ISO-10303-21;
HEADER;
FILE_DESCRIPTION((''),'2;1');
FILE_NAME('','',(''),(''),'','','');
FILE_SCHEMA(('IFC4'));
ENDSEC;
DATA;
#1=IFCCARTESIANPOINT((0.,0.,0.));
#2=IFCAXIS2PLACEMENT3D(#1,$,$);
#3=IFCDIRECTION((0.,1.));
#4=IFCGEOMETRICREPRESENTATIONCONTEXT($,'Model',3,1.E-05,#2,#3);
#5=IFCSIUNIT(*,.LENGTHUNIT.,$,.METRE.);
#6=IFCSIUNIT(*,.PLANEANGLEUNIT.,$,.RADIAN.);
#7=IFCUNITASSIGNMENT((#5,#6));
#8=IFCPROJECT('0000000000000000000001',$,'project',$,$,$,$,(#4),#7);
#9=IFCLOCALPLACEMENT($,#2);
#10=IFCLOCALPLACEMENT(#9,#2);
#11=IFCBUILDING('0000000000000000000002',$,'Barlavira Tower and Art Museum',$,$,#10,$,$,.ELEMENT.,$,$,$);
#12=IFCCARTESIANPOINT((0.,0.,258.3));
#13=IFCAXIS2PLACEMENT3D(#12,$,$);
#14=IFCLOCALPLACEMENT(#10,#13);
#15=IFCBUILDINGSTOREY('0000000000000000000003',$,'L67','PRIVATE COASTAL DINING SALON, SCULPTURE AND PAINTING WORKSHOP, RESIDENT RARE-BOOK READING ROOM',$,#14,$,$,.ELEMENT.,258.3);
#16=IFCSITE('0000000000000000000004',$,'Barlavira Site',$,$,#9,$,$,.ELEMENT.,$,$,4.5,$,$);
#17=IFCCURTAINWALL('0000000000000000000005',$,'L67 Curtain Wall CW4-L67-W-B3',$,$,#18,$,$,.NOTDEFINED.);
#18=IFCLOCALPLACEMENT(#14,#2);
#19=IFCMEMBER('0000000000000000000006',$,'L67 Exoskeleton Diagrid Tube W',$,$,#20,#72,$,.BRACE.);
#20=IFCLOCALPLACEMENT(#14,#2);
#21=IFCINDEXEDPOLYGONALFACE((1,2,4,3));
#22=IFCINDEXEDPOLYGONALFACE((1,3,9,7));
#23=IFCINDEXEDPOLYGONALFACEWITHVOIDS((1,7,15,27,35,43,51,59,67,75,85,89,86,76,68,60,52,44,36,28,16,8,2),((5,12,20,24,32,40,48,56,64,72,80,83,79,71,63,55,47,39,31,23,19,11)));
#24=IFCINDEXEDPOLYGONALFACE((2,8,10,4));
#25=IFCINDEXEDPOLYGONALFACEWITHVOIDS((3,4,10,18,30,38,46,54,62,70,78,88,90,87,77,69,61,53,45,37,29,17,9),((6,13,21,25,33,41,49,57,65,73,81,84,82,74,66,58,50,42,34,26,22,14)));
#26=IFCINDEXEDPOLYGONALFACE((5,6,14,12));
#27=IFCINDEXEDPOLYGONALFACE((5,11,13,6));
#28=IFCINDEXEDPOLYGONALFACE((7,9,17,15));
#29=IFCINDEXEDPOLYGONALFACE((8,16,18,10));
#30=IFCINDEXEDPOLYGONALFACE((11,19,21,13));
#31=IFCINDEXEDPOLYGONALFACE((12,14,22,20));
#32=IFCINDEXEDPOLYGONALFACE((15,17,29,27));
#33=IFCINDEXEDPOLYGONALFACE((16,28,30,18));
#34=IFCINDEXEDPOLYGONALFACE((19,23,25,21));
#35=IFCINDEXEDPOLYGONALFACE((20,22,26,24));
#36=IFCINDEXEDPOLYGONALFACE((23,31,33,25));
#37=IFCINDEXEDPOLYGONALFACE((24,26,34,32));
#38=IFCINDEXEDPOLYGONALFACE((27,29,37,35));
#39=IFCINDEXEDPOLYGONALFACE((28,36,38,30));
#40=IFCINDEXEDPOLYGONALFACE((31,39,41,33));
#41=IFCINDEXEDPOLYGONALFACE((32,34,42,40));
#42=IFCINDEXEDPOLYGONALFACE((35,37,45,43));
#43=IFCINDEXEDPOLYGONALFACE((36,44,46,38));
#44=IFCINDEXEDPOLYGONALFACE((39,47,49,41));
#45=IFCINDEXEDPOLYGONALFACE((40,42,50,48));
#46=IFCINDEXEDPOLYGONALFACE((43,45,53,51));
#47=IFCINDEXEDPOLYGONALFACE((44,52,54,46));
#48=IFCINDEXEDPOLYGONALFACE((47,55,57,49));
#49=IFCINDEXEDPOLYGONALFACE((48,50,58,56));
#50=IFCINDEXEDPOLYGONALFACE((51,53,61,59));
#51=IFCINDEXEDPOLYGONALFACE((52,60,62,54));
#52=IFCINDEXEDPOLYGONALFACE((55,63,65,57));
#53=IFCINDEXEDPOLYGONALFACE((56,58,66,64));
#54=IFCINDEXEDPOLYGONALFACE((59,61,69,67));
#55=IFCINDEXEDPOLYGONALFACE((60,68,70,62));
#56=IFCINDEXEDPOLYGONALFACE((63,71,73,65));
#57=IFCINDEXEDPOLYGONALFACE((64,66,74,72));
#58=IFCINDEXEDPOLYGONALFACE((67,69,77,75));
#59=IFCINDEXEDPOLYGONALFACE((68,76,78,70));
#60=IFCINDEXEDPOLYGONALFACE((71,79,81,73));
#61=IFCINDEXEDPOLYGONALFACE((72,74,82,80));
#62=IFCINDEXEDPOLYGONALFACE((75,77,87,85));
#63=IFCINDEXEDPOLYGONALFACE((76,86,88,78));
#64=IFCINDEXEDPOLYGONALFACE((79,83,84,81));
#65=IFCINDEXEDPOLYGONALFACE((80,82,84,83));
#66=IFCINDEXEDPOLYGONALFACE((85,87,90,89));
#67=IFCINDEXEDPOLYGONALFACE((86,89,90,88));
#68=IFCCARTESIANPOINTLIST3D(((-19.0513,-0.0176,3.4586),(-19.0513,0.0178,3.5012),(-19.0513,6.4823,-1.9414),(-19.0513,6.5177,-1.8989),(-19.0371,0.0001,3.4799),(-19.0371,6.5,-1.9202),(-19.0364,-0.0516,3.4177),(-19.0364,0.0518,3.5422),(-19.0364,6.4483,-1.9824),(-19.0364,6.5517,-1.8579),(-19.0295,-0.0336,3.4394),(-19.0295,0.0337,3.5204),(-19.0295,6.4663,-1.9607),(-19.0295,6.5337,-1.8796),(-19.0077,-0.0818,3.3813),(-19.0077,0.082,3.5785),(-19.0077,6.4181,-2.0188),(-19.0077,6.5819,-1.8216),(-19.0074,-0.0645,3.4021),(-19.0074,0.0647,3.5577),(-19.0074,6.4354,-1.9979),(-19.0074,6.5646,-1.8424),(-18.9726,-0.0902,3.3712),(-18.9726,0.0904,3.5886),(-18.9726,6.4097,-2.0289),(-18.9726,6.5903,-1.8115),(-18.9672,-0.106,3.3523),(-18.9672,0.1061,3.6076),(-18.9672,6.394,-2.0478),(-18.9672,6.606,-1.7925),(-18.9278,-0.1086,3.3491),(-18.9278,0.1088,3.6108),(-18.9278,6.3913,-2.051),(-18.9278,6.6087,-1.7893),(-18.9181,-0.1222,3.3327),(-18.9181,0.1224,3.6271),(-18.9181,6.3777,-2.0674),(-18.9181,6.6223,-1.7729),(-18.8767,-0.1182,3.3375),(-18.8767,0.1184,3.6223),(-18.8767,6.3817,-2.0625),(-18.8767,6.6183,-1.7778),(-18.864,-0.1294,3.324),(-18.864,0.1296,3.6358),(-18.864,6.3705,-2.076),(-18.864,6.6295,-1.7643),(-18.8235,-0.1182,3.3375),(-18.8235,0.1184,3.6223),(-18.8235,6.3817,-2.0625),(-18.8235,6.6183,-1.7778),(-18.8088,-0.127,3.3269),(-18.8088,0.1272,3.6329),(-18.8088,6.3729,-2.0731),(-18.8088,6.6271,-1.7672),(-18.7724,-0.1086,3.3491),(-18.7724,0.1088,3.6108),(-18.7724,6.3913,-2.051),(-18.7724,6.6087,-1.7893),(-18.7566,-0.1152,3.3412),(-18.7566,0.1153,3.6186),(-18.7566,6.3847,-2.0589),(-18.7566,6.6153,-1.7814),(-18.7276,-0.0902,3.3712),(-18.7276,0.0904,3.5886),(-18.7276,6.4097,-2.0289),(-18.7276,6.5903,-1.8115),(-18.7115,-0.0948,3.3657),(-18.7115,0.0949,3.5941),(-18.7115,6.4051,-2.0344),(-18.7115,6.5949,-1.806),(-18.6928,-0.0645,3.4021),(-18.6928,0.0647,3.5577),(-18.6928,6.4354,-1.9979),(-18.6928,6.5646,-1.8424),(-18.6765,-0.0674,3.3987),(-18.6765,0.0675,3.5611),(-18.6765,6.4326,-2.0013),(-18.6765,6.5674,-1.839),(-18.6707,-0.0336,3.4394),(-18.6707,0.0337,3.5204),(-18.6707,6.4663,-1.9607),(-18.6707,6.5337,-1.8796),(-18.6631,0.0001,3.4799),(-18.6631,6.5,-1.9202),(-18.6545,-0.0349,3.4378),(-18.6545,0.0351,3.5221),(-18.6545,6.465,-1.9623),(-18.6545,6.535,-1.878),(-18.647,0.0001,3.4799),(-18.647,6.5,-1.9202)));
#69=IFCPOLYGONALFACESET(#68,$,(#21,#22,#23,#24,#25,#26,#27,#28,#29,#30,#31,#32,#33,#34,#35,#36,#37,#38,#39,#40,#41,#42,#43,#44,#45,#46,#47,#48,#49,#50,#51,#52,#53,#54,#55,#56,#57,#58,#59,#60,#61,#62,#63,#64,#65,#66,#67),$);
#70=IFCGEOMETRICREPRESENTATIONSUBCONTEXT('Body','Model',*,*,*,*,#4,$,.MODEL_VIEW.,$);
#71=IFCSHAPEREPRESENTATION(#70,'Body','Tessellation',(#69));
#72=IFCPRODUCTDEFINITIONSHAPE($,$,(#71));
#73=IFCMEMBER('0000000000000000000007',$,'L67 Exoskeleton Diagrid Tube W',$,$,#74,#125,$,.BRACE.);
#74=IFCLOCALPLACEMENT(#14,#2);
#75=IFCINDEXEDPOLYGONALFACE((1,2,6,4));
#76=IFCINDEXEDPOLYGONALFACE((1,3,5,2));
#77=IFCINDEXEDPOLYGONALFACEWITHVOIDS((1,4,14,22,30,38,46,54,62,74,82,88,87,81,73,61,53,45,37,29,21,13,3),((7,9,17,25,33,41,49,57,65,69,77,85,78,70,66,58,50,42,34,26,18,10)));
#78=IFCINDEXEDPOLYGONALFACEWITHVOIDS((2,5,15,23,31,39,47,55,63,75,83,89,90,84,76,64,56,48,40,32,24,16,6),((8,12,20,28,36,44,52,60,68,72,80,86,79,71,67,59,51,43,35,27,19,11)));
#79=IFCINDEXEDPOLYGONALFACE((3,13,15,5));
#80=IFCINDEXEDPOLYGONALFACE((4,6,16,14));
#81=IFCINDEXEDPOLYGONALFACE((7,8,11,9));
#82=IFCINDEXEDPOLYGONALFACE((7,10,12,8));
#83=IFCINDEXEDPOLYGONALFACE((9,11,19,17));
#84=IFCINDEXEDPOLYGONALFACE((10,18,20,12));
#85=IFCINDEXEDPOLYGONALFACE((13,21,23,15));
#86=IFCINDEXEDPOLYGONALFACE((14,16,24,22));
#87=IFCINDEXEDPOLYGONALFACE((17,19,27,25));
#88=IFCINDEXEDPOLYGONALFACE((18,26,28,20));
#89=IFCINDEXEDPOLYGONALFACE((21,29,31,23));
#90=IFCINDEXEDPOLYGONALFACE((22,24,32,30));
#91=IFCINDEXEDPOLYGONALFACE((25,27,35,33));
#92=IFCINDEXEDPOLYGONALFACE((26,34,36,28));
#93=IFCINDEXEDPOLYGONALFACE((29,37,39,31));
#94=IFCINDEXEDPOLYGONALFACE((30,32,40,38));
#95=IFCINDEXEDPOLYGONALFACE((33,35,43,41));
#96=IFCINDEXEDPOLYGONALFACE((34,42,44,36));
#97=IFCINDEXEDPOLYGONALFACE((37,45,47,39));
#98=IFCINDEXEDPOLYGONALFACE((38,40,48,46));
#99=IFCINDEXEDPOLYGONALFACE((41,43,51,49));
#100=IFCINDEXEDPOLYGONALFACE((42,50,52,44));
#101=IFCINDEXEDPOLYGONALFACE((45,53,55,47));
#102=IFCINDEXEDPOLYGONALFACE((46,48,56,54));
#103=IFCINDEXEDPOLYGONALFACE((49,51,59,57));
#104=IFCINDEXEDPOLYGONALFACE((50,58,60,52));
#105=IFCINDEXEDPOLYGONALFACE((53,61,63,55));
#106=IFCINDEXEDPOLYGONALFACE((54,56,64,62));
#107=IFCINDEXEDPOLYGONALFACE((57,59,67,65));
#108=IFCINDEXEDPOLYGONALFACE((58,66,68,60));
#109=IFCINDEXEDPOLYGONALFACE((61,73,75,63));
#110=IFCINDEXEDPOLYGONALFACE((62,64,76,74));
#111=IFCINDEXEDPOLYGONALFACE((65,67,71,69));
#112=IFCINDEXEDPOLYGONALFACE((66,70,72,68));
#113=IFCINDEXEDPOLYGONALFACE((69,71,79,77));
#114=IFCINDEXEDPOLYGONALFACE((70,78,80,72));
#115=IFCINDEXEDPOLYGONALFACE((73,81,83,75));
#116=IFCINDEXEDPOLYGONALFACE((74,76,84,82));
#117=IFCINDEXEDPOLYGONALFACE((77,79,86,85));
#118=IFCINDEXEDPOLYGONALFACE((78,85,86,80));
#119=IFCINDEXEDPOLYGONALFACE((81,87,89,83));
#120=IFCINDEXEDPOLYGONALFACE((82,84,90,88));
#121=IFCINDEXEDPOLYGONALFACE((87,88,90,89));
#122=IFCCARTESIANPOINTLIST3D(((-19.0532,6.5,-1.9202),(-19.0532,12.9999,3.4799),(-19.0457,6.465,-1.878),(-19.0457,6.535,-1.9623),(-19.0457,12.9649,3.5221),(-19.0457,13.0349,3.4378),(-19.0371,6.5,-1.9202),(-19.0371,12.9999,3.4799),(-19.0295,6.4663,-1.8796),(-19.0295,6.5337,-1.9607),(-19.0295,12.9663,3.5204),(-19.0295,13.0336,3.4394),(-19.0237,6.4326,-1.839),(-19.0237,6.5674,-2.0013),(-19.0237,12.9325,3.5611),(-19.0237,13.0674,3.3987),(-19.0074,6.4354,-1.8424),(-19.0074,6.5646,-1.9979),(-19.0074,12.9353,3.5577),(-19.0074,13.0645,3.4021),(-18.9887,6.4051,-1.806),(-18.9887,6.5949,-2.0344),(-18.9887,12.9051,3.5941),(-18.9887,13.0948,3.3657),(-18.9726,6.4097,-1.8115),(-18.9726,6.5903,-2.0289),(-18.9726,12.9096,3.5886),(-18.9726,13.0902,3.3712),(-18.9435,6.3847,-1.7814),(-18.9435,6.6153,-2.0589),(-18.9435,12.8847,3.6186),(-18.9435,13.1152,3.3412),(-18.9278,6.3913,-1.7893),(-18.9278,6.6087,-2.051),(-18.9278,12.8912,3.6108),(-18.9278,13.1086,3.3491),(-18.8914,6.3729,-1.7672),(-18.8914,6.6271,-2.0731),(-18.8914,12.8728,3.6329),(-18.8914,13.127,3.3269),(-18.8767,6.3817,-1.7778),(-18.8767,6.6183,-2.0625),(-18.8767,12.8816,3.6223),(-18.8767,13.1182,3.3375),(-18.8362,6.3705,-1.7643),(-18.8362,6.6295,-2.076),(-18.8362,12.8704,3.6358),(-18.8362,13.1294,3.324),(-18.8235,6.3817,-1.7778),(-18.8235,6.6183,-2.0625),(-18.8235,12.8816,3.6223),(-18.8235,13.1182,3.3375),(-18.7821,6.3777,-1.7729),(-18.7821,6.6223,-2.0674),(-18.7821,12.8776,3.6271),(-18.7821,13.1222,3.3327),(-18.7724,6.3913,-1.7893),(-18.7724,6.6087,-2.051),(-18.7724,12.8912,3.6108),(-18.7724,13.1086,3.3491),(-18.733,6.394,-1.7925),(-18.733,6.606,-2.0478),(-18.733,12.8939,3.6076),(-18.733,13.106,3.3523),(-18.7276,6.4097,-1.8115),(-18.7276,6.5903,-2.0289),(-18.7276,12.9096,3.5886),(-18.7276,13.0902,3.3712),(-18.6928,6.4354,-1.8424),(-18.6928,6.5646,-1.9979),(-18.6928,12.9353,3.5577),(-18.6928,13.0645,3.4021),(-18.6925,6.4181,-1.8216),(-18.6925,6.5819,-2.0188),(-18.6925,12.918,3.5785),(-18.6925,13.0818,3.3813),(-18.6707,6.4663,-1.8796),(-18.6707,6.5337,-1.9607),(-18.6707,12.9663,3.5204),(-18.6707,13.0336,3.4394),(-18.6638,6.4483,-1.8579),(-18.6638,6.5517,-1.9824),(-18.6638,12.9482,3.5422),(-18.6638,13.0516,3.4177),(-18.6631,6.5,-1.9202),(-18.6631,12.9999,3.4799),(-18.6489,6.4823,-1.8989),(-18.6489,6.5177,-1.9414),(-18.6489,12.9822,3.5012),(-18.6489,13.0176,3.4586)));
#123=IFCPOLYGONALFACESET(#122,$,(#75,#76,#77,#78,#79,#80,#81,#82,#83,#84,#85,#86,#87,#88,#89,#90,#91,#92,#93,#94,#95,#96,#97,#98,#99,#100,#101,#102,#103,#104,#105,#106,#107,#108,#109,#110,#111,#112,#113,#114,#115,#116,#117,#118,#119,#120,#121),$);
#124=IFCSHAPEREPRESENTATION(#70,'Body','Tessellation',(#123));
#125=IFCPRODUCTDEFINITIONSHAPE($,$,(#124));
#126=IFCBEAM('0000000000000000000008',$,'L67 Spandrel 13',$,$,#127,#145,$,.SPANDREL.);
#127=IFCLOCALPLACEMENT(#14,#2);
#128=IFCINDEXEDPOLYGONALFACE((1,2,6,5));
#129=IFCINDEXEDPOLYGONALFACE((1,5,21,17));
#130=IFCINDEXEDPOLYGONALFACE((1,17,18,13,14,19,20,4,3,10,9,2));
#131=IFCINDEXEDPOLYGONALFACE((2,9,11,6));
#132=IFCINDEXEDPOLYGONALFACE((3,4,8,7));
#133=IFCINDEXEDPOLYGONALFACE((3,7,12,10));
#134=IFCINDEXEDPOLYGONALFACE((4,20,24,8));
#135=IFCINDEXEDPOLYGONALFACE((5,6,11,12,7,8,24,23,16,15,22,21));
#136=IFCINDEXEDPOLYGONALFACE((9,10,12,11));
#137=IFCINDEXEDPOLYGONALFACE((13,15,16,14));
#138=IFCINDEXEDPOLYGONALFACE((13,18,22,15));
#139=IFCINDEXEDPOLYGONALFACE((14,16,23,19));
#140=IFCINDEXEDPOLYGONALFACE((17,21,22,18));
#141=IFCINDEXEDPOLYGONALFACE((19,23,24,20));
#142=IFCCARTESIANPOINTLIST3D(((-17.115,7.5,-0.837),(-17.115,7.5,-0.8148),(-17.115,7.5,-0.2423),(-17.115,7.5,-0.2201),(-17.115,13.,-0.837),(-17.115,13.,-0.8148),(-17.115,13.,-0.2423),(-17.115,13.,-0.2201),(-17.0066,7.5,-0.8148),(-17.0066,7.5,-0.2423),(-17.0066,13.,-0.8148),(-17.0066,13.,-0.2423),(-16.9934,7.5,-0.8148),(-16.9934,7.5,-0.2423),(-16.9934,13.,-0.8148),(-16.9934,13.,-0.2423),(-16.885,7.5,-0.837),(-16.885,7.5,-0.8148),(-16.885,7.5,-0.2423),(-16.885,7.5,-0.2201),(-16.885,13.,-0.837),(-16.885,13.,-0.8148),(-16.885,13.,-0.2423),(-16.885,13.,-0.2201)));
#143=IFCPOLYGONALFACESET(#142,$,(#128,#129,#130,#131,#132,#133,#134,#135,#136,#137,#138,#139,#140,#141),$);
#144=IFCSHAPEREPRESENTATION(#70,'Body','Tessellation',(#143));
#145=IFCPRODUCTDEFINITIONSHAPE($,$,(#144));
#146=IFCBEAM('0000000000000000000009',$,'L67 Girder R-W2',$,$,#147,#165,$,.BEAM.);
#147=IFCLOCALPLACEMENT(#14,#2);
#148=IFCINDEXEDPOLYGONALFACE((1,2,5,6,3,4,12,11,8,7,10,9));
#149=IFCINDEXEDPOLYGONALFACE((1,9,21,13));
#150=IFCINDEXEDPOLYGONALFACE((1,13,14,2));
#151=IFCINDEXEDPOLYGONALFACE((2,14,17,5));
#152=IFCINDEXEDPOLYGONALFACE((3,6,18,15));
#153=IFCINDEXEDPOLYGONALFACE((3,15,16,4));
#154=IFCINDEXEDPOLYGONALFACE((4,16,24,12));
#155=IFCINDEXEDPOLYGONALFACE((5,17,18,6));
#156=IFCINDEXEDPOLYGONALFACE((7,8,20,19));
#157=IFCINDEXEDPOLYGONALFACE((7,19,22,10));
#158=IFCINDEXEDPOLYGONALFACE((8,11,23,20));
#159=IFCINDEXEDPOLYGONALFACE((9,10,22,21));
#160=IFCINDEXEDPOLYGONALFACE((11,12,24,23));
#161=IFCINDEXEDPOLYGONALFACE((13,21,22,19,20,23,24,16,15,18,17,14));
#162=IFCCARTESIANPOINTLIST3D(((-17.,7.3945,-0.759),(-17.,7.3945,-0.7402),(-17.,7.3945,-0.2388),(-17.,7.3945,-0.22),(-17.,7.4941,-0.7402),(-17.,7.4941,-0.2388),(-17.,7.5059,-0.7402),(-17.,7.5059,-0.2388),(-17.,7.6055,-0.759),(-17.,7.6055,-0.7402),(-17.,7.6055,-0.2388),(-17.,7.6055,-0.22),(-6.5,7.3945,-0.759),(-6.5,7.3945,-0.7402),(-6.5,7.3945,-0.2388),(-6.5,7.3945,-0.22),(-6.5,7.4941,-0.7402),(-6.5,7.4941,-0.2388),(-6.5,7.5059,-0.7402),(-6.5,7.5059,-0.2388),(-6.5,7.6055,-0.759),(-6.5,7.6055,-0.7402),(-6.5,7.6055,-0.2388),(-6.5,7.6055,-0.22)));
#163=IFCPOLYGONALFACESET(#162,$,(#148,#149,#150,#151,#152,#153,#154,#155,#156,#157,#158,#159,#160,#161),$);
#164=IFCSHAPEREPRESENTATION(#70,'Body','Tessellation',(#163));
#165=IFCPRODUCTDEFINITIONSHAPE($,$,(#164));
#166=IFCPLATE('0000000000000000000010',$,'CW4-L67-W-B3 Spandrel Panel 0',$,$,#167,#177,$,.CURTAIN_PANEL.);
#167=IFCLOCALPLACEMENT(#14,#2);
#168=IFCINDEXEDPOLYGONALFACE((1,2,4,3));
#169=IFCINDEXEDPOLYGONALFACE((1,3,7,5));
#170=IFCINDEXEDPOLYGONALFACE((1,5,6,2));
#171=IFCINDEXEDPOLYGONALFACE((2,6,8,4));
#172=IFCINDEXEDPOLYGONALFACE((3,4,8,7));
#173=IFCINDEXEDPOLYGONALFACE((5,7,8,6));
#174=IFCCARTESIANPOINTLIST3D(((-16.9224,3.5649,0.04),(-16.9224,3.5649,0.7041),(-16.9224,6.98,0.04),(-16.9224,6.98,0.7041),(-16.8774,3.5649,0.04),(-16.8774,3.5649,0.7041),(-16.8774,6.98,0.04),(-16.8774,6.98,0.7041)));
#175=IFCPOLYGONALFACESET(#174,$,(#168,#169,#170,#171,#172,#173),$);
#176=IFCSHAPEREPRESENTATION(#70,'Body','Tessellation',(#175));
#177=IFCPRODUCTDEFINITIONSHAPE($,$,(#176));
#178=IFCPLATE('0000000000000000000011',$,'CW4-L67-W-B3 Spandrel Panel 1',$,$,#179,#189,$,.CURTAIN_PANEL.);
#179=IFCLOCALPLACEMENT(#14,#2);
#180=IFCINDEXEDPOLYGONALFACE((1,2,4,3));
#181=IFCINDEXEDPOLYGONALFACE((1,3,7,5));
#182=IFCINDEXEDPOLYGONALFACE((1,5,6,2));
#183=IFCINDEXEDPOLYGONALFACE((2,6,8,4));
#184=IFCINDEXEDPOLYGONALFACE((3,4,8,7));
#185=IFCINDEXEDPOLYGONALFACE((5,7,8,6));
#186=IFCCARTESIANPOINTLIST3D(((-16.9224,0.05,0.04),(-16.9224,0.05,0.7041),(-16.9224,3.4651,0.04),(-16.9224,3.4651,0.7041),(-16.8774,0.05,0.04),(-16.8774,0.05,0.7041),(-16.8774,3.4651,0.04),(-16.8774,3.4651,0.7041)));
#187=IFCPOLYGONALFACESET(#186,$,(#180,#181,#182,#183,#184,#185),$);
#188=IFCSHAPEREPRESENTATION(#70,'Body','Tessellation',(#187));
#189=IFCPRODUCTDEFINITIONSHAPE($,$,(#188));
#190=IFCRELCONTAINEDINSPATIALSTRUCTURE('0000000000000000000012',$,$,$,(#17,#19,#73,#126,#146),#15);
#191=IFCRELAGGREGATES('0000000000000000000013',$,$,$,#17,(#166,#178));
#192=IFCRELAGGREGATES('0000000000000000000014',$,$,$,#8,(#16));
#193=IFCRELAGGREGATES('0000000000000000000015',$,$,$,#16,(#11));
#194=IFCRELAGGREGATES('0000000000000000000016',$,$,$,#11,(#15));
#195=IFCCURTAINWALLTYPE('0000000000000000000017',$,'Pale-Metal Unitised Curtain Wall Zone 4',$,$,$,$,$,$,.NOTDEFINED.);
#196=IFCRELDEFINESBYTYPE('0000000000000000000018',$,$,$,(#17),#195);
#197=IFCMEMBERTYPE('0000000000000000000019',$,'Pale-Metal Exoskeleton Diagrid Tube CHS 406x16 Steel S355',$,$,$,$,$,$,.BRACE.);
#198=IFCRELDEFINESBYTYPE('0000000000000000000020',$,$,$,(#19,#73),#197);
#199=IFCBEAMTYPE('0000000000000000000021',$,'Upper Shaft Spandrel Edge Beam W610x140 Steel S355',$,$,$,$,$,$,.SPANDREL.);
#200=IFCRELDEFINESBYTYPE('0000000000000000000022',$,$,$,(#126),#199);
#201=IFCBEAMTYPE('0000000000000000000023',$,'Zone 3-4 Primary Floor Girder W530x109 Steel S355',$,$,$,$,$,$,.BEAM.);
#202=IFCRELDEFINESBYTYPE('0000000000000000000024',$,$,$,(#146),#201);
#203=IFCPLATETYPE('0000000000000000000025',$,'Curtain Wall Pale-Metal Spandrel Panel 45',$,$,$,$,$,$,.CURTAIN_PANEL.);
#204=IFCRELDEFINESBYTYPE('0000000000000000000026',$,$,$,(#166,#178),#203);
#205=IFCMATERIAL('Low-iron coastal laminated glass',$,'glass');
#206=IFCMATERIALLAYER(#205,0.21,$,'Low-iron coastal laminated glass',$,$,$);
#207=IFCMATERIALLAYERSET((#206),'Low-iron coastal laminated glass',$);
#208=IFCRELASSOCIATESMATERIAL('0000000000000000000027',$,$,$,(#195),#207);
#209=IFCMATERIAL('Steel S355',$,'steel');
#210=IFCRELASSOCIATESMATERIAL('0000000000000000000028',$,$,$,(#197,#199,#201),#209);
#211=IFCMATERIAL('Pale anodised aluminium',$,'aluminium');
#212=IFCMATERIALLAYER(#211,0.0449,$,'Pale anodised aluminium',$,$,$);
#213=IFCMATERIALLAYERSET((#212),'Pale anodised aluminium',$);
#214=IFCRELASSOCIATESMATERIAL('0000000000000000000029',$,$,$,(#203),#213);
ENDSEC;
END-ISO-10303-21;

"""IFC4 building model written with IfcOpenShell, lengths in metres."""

from ifc_helpers import new_model, si_unit, direction, frame, origin, origin_2d, place, context, subcontext, project, spatial, rectangle, hollow_circle, i_section, extrude, material, layer, layer_set, material_profile, profile_set, type_object, element, aggregate, save


model = new_model("IFC4")

# Units and contexts
model_context = context("Model", 3, precision=1e-05, world=origin(), true_north=direction((0.0, 1.0)))
body_context = subcontext(model_context, "Body", "Model", "MODEL_VIEW")
ifc_project = project(units=[si_unit("LENGTHUNIT", "METRE"), si_unit("PLANEANGLEUNIT", "RADIAN")], contexts=[model_context])

# Site, building, storey
site_placement = place(None, origin())
site = spatial("IfcSite", under=ifc_project, at=site_placement, Name="Barlavira Site", CompositionType="ELEMENT", RefElevation=4.5)
building_placement = place(site_placement, origin())
building = spatial("IfcBuilding", under=site, at=building_placement, Name="Barlavira Tower and Art Museum", CompositionType="ELEMENT")
storey_placement = place(building_placement, frame((0.0, 0.0, 258.3)))
storey = spatial("IfcBuildingStorey", under=building, at=storey_placement, Name="L67", Description="PRIVATE COASTAL DINING SALON, SCULPTURE AND PAINTING WORKSHOP, RESIDENT RARE-BOOK READING ROOM", CompositionType="ELEMENT", Elevation=258.3)

# Curtain wall
ifc_material_1 = material(Name="Low-iron coastal laminated glass", Category="glass")
ifc_layer_1 = layer(ifc_material_1, 0.21, Name="Low-iron coastal laminated glass")
ifc_layer_set_1 = layer_set([ifc_layer_1], Name="Low-iron coastal laminated glass")
curtain_wall_type = type_object("IfcCurtainWallType", Name="Pale-Metal Unitised Curtain Wall Zone 4", PredefinedType="NOTDEFINED", material=ifc_layer_set_1)
curtain_wall_placement = place(storey_placement, origin())
curtain_wall = element("IfcCurtainWall", 1, at=curtain_wall_placement, inside=storey, type_object=curtain_wall_type, Name="L67 Curtain Wall CW4-L67-W-B3", PredefinedType="NOTDEFINED")
ifc_material_2 = material(Name="Pale anodised aluminium", Category="aluminium")

# Members
ifc_material_3 = material(Name="Steel S355", Category="steel")
ifc_material_profile_1 = material_profile(ifc_material_3, hollow_circle(Radius=0.2031, WallThickness=0.0161, at=origin_2d()), Name="CHS 406.4x16.0")
ifc_profile_set_1 = profile_set([ifc_material_profile_1], Name="Steel S355")
member_type_1 = type_object("IfcMemberType", Name="Pale-Metal Exoskeleton Diagrid Tube CHS 406x16 Steel S355", PredefinedType="BRACE", material=ifc_profile_set_1)
for number, where, z_axis, x_axis, name in (
    (2, (-18.8501, 6.5, -1.9202), (0.0, -0.769182, 0.63903), (1.0, 0.0, 0.0), "L67 Exoskeleton Diagrid Tube W"),
    (3, (-18.8501, 6.5, -1.9202), (0.0, 0.769182, 0.63903), (-1.0, 0.0, 0.0), "L67 Exoskeleton Diagrid Tube W"),
):
    element("IfcMember", number, at=place(storey_placement, frame(where, z_axis=z_axis, x_axis=x_axis)), inside=storey, type_object=member_type_1, Name=name, PredefinedType="BRACE", context=body_context, shape_type="SweptSolid", body=[
        extrude(hollow_circle(Radius=0.2031, WallThickness=0.0161, at=origin_2d()), origin(), (0.0, 0.0, 1.0), 8.4504),
    ])

# Beams
ifc_material_profile_2 = material_profile(ifc_material_3, i_section(OverallWidth=0.23, OverallDepth=0.6169, WebThickness=0.0132, FlangeThickness=0.0222, at=origin_2d()), Name="W610x140.0")
ifc_profile_set_2 = profile_set([ifc_material_profile_2], Name="Steel S355")
beam_type_1 = type_object("IfcBeamType", Name="Upper Shaft Spandrel Edge Beam W610x140 Steel S355", PredefinedType="SPANDREL", material=ifc_profile_set_2)
beam_1_placement = place(storey_placement, frame((-17.0, 7.5, -0.5286), z_axis=(0.0, 1.0, 0.0), x_axis=(-1.0, 0.0, 0.0)))
element("IfcBeam", 4, at=beam_1_placement, inside=storey, type_object=beam_type_1, Name="L67 Spandrel 13", PredefinedType="SPANDREL", context=body_context, shape_type="SweptSolid", body=[
    extrude(i_section(OverallWidth=0.23, OverallDepth=0.6169, WebThickness=0.0132, FlangeThickness=0.0222, at=origin_2d()), origin(), (0.0, 0.0, 1.0), 5.5),
])
ifc_material_profile_3 = material_profile(ifc_material_3, i_section(OverallWidth=0.2109, OverallDepth=0.5391, WebThickness=0.0117, FlangeThickness=0.0188, at=origin_2d()), Name="W530x109.0")
ifc_profile_set_3 = profile_set([ifc_material_profile_3], Name="Steel S355")
beam_type_2 = type_object("IfcBeamType", Name="Zone 3-4 Primary Floor Girder W530x109 Steel S355", PredefinedType="BEAM", material=ifc_profile_set_3)
beam_2_placement = place(storey_placement, frame((-17.0, 7.5, -0.4895), z_axis=(1.0, 0.0, 0.0), x_axis=(0.0, 1.0, 0.0)))
element("IfcBeam", 5, at=beam_2_placement, inside=storey, type_object=beam_type_2, Name="L67 Girder R-W2", PredefinedType="BEAM", context=body_context, shape_type="SweptSolid", body=[
    extrude(i_section(OverallWidth=0.2109, OverallDepth=0.5391, WebThickness=0.0117, FlangeThickness=0.0188, at=origin_2d()), origin(), (0.0, 0.0, 1.0), 10.5),
])

# Plates
ifc_layer_2 = layer(ifc_material_2, 0.0449, Name="Pale anodised aluminium")
ifc_layer_set_2 = layer_set([ifc_layer_2], Name="Pale anodised aluminium")
plate_type_1 = type_object("IfcPlateType", Name="Curtain Wall Pale-Metal Spandrel Panel 45", PredefinedType="CURTAIN_PANEL", material=ifc_layer_set_2)
plate_1_placement = place(storey_placement, frame((-16.8999, 5.2725, 0.04), z_axis=(0.0, 0.0, 1.0), x_axis=(0.0, -1.0, 0.0)))
plate_1 = element("IfcPlate", 6, at=plate_1_placement, type_object=plate_type_1, Name="CW4-L67-W-B3 Spandrel Panel 0", PredefinedType="CURTAIN_PANEL", context=body_context, shape_type="SweptSolid", body=[
    extrude(rectangle(XDim=3.415, YDim=0.0449, at=origin_2d()), origin(), (0.0, 0.0, 1.0), 0.6641),
])
plate_2_placement = place(storey_placement, frame((-16.8999, 1.7576, 0.04), z_axis=(0.0, 0.0, 1.0), x_axis=(0.0, -1.0, 0.0)))
plate_2 = element("IfcPlate", 7, at=plate_2_placement, type_object=plate_type_1, Name="CW4-L67-W-B3 Spandrel Panel 1", PredefinedType="CURTAIN_PANEL", context=body_context, shape_type="SweptSolid", body=[
    extrude(rectangle(XDim=3.415, YDim=0.0449, at=origin_2d()), origin(), (0.0, 0.0, 1.0), 0.6641),
])
aggregate(curtain_wall, [plate_1, plate_2])

save(model, "model.ifc")
